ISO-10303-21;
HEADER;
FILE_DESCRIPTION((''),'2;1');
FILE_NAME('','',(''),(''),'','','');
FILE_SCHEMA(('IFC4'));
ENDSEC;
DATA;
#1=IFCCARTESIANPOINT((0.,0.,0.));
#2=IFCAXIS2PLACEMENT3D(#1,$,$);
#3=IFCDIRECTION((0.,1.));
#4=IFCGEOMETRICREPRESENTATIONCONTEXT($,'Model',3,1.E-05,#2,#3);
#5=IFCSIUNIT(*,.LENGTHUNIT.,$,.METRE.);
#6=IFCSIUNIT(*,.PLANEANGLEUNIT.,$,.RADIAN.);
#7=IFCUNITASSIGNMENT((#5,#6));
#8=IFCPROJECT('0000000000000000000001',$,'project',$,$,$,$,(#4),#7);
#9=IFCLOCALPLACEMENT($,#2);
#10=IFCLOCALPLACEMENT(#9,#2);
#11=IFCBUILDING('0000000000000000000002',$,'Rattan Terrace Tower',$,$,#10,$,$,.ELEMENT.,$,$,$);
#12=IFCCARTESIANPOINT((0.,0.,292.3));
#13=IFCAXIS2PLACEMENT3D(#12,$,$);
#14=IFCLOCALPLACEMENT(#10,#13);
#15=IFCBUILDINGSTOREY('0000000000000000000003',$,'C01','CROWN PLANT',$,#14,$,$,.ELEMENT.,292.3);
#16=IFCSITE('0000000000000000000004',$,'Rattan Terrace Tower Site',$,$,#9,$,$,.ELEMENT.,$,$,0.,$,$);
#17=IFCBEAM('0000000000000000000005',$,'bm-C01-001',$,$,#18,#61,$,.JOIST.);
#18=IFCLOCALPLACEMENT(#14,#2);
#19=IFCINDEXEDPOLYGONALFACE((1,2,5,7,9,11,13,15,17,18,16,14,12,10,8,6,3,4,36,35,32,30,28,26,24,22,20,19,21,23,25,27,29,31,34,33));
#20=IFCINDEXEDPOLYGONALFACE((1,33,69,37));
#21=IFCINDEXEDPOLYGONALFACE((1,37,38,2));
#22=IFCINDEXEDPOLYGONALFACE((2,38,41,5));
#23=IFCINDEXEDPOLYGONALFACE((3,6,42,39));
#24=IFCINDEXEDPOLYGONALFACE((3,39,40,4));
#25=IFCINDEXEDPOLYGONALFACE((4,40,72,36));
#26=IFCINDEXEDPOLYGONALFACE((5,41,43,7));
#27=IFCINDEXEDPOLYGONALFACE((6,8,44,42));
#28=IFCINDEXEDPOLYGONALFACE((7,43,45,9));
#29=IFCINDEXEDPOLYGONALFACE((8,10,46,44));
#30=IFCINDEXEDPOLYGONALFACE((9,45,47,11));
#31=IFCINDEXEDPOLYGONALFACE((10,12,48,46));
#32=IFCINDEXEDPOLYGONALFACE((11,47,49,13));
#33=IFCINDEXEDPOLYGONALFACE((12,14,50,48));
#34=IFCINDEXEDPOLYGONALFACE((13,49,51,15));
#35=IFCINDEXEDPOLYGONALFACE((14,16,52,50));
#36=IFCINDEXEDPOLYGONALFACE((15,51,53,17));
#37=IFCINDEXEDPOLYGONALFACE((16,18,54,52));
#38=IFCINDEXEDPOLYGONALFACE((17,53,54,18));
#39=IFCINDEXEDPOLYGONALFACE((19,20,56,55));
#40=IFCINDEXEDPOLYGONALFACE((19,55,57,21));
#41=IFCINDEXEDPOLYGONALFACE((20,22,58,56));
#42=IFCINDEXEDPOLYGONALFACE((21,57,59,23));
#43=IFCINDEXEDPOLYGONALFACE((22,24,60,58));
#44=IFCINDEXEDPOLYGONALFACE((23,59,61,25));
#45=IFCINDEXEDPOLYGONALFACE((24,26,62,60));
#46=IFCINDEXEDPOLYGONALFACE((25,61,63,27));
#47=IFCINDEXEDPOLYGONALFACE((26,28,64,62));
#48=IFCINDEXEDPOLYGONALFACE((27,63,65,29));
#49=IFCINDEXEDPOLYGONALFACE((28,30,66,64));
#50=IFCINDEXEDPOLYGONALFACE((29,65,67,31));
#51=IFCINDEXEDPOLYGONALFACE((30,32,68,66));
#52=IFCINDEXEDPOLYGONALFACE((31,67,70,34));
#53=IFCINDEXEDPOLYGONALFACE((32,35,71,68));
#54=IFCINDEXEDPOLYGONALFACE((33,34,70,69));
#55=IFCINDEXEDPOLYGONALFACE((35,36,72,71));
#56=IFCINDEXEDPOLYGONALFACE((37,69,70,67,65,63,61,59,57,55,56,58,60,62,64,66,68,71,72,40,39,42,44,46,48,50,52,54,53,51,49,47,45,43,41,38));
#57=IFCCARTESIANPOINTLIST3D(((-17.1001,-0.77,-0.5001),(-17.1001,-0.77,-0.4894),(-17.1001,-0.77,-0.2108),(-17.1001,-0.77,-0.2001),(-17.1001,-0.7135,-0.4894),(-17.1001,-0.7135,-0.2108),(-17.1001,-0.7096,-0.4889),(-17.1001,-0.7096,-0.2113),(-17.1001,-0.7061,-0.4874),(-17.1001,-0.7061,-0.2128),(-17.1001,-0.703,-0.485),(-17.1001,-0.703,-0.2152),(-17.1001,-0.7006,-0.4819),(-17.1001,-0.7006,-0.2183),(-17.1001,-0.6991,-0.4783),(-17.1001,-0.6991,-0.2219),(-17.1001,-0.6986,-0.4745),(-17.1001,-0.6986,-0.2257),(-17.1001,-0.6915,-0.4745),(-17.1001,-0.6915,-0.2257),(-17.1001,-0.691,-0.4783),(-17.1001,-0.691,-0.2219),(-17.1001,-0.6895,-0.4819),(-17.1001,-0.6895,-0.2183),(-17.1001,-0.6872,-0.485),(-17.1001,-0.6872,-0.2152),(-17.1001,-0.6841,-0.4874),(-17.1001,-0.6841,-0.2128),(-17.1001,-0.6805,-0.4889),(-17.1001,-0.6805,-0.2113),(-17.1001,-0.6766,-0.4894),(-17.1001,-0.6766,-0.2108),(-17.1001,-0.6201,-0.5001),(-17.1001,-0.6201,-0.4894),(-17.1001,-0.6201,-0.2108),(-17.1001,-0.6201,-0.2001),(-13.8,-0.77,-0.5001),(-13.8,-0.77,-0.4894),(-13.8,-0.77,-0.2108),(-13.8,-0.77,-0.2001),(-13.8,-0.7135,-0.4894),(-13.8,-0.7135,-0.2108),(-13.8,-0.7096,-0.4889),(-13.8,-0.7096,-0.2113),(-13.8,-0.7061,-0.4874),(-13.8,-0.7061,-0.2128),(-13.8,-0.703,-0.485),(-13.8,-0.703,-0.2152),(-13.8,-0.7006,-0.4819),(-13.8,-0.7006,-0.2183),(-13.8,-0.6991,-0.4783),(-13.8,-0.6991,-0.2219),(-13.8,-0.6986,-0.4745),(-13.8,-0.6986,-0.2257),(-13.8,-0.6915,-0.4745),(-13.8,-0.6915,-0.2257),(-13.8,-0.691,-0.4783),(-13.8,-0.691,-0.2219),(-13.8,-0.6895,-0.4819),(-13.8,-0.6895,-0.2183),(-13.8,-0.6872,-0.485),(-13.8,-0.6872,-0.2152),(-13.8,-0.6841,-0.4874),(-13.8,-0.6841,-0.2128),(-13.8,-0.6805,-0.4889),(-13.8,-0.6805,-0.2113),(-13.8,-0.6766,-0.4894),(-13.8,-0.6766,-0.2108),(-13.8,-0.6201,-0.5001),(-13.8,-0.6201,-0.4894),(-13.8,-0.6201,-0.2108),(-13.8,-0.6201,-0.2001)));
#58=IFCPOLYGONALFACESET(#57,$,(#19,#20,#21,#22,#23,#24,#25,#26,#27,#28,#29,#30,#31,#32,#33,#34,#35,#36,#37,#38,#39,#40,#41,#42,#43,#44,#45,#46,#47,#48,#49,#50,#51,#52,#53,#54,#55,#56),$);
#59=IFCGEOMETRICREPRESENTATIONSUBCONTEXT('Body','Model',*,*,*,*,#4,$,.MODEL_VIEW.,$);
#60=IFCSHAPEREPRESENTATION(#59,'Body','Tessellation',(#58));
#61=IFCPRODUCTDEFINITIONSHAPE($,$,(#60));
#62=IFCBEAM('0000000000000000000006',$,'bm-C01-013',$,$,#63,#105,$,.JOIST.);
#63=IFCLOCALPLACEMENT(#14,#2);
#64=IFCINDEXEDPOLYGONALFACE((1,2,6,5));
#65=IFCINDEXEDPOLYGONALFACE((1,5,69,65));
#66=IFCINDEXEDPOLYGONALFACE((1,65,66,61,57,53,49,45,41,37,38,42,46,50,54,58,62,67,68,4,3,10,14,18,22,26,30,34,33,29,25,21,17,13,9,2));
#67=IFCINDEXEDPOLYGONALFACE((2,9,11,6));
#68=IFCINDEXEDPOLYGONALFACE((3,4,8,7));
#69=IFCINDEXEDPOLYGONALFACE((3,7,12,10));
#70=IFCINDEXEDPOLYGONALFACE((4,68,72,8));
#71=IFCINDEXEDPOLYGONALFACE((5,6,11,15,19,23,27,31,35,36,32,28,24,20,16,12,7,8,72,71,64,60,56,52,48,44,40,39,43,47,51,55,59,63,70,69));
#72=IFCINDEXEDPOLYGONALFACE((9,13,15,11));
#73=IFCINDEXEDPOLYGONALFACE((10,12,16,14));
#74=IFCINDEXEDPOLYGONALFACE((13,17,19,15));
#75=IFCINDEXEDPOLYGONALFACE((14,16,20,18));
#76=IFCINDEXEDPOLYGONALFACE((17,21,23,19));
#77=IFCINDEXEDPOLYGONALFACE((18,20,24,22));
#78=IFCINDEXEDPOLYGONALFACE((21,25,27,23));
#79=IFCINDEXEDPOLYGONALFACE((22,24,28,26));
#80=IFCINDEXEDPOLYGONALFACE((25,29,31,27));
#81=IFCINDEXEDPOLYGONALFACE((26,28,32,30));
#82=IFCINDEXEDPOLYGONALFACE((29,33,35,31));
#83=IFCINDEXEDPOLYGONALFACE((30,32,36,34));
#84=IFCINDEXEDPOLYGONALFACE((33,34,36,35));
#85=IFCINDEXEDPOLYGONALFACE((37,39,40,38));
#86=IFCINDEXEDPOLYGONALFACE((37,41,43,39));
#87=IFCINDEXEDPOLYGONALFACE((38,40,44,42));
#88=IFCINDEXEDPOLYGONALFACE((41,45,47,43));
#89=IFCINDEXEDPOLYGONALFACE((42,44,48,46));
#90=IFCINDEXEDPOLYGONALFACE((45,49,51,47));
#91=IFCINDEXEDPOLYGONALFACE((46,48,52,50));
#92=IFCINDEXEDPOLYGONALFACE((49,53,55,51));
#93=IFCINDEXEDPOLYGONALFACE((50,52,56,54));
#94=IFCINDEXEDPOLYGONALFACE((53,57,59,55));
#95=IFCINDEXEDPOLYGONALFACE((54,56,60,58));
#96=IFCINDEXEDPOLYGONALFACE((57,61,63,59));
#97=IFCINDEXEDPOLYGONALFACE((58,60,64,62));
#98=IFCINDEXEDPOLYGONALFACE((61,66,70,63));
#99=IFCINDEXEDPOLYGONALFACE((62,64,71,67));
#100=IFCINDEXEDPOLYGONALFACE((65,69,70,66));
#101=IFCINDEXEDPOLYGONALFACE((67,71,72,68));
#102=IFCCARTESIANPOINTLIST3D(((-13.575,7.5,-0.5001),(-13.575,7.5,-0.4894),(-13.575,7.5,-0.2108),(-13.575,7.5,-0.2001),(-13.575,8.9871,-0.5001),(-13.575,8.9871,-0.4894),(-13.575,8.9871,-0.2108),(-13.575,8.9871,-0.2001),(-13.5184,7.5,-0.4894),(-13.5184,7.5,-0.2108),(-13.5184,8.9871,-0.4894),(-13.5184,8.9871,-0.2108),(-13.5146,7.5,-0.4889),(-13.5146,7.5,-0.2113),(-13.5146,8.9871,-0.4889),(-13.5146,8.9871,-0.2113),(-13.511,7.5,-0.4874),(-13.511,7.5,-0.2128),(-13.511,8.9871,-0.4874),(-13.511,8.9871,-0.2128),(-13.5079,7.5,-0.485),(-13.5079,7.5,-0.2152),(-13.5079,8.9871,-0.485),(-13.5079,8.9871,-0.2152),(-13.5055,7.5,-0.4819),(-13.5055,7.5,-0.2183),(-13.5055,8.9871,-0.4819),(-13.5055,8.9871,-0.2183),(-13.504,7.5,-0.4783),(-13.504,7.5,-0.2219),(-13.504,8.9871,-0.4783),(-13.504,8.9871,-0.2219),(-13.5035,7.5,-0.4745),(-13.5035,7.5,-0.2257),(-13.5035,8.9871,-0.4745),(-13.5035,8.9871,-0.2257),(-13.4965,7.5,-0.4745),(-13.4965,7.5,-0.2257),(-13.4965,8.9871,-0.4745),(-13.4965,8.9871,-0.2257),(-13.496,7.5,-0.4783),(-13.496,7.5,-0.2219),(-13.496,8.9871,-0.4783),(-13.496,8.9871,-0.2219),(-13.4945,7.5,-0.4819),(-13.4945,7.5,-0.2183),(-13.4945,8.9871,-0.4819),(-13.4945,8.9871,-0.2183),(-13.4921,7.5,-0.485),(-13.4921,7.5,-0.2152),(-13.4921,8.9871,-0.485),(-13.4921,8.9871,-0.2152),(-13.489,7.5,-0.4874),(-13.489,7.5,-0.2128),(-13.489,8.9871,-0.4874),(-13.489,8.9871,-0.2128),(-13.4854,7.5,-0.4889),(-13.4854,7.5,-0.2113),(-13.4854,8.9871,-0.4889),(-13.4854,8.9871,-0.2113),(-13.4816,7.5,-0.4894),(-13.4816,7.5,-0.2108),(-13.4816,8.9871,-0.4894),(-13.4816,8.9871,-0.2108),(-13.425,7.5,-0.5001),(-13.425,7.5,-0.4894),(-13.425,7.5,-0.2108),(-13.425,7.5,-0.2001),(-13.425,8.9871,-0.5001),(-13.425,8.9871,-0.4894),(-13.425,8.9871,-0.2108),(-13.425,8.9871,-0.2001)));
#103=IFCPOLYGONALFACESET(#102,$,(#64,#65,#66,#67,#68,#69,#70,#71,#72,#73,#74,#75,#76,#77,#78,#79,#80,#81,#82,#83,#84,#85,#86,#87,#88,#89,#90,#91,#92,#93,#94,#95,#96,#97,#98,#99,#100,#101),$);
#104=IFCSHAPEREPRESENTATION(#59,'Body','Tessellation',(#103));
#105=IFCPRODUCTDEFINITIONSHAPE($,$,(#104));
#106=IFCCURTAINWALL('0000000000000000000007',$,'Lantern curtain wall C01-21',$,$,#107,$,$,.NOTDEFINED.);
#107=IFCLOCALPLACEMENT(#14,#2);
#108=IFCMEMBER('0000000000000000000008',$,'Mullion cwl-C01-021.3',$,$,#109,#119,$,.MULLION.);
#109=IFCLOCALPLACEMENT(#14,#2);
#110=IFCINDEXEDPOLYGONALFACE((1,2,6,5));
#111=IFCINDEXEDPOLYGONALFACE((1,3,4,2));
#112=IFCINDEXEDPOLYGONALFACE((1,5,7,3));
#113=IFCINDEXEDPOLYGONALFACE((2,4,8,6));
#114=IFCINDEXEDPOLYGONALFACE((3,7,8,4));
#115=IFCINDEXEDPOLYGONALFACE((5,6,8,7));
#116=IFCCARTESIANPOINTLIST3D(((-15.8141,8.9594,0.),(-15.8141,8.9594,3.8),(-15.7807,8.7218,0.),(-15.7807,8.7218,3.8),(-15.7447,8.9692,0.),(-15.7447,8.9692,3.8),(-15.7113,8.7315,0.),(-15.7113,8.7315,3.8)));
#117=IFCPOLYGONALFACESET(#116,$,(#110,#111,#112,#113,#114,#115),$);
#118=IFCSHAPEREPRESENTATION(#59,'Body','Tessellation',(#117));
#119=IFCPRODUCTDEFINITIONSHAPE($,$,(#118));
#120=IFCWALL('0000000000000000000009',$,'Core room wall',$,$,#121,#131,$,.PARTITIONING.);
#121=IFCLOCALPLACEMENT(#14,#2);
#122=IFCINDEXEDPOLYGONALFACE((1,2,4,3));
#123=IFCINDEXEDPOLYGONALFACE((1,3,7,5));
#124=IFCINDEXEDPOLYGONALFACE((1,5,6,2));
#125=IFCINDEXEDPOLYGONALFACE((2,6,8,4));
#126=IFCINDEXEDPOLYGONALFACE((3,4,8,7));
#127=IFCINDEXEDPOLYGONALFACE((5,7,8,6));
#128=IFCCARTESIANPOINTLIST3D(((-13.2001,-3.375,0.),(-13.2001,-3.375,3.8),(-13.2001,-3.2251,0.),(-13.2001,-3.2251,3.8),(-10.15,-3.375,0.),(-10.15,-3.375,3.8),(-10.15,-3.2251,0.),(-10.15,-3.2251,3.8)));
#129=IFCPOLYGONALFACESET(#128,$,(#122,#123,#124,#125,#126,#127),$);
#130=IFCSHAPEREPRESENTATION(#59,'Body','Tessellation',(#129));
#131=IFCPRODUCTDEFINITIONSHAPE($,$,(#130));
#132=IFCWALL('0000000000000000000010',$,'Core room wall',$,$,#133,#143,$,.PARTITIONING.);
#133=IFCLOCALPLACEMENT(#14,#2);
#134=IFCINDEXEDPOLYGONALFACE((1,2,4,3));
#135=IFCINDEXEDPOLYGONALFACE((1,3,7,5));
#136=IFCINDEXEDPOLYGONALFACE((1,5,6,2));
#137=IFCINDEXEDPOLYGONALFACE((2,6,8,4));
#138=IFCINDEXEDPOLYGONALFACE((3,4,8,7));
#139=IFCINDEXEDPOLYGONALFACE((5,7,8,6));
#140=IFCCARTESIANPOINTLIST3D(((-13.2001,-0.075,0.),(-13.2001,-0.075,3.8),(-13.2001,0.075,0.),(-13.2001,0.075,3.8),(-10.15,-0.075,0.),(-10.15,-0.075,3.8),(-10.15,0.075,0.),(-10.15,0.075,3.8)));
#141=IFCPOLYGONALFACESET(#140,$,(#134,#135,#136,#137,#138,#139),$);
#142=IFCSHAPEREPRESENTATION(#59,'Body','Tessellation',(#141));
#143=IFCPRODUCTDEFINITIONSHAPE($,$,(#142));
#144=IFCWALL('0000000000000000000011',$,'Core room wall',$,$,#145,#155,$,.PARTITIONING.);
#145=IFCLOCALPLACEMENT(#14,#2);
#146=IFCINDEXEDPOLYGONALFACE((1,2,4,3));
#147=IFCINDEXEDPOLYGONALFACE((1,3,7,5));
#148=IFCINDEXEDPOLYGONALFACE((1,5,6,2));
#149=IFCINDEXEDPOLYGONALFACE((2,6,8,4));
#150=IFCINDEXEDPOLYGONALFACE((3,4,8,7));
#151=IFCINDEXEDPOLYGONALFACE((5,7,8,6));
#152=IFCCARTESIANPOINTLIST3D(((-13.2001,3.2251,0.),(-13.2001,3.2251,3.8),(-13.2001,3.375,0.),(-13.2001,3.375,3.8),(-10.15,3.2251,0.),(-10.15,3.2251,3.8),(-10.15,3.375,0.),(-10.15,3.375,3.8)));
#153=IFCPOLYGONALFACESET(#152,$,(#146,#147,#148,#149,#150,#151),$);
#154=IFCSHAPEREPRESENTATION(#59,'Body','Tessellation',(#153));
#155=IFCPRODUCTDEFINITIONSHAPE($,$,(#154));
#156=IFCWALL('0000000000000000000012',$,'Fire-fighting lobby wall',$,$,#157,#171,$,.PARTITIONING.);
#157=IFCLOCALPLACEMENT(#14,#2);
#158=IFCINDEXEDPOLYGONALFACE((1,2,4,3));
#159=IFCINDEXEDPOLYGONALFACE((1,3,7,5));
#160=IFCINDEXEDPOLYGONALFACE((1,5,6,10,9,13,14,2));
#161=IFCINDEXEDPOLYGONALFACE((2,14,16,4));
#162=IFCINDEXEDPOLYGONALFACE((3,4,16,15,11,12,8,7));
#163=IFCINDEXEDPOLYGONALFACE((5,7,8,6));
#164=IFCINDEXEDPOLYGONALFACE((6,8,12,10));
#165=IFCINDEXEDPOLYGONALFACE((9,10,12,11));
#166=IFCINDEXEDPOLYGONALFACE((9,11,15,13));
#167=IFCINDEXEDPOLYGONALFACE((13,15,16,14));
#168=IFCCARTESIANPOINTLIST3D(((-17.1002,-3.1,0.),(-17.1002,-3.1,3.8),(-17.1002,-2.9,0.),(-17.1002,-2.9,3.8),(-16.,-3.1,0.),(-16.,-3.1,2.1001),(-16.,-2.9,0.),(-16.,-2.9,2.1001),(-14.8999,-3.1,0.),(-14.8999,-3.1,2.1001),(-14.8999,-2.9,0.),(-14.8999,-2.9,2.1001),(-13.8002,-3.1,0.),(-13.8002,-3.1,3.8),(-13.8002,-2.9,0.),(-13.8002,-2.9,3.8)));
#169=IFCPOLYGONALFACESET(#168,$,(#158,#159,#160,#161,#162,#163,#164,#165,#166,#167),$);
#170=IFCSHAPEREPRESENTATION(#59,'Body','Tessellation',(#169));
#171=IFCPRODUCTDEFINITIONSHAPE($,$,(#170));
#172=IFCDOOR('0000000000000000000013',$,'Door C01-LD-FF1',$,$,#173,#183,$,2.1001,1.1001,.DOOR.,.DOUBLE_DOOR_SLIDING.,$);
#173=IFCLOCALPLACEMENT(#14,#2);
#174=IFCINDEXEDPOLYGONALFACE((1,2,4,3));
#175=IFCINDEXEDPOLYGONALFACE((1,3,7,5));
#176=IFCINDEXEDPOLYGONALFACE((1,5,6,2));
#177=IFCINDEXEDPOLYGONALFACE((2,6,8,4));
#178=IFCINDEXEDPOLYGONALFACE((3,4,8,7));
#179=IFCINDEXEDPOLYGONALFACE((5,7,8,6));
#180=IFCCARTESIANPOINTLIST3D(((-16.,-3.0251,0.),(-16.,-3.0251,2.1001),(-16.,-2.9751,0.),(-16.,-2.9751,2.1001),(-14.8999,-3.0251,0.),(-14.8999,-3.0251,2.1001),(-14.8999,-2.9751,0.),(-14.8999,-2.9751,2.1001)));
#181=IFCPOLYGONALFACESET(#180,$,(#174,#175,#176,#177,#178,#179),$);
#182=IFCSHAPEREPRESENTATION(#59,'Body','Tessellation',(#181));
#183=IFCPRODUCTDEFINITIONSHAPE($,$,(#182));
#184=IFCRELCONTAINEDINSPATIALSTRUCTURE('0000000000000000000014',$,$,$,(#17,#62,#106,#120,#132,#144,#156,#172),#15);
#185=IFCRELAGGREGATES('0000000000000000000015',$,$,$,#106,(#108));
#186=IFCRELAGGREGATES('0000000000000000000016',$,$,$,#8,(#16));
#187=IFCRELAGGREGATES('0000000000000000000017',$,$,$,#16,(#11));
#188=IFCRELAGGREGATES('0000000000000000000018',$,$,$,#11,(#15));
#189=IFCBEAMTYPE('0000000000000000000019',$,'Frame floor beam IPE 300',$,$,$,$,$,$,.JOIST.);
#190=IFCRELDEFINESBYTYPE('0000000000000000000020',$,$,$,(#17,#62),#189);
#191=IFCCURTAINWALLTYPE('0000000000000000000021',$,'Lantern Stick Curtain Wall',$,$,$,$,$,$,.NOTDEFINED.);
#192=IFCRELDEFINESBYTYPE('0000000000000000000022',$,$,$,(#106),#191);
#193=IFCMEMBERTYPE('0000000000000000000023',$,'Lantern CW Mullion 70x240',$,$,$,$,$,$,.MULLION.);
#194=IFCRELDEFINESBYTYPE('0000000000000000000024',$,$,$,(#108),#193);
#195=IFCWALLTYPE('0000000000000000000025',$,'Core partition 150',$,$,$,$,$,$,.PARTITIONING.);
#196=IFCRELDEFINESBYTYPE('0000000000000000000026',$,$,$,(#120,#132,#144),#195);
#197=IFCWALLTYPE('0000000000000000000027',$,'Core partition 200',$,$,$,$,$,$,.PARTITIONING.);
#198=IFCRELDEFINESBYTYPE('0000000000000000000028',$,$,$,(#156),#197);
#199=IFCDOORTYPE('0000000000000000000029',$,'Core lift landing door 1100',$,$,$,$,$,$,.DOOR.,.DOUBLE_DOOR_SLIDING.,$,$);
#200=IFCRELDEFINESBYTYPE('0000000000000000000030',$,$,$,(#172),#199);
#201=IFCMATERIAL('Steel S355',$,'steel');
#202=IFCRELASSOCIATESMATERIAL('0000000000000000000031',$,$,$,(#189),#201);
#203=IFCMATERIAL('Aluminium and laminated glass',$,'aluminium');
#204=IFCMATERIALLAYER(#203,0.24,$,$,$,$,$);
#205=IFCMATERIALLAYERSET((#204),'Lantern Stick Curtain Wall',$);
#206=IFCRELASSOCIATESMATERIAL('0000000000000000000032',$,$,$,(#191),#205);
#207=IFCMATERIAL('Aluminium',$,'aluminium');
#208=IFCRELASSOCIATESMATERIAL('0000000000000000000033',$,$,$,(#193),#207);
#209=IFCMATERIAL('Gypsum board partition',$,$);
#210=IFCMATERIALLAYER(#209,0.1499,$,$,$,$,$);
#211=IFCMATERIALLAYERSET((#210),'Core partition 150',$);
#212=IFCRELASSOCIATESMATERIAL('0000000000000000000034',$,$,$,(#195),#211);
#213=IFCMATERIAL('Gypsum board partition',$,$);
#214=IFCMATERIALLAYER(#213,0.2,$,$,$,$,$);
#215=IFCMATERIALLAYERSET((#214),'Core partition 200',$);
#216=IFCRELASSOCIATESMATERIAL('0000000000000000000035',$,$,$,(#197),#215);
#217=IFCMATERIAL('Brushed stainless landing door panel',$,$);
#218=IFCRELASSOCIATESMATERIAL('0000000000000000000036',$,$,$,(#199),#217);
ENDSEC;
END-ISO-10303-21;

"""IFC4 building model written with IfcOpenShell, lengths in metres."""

from ifc_helpers import new_model, si_unit, direction, frame, frame_2d, origin, origin_2d, place, context, subcontext, project, spatial, rectangle, i_section, extrude, material, layer, layer_set, material_profile, profile_set, type_object, element, fill, aggregate, save


model = new_model("IFC4")

# Units and contexts
model_context = context("Model", 3, precision=1e-05, world=origin(), true_north=direction((0.0, 1.0)))
body_context = subcontext(model_context, "Body", "Model", "MODEL_VIEW")
ifc_project = project(units=[si_unit("LENGTHUNIT", "METRE"), si_unit("PLANEANGLEUNIT", "RADIAN")], contexts=[model_context])

# Site, building, storey
site_placement = place(None, origin())
site = spatial("IfcSite", under=ifc_project, at=site_placement, Name="Rattan Terrace Tower Site", CompositionType="ELEMENT", RefElevation=0.0)
building_placement = place(site_placement, origin())
building = spatial("IfcBuilding", under=site, at=building_placement, Name="Rattan Terrace Tower", CompositionType="ELEMENT")
storey_placement = place(building_placement, frame((0.0, 0.0, 292.3)))
storey = spatial("IfcBuildingStorey", under=building, at=storey_placement, Name="C01", Description="CROWN PLANT", CompositionType="ELEMENT", Elevation=292.3)

# Beams
ifc_material_1 = material(Name="Steel S355", Category="steel")
ifc_material_profile_1 = material_profile(ifc_material_1, i_section(OverallWidth=0.1499, OverallDepth=0.3, WebThickness=0.0071, FlangeThickness=0.0107, FilletRadius=0.0149, at=origin_2d()), Name="IPE 300")
ifc_profile_set_1 = profile_set([ifc_material_profile_1], Name="Steel S355")
beam_type = type_object("IfcBeamType", Name="Frame floor beam IPE 300", PredefinedType="JOIST", material=ifc_profile_set_1)
beam_1_placement = place(storey_placement, frame((-17.1001, -0.6951, -0.3501), z_axis=(1.0, 0.0, 0.0), x_axis=(0.0, 1.0, 0.0)))
element("IfcBeam", 1, at=beam_1_placement, inside=storey, type_object=beam_type, Name="bm-C01-001", PredefinedType="JOIST", context=body_context, shape_type="SweptSolid", body=[
    extrude(i_section(OverallWidth=0.1499, OverallDepth=0.3, WebThickness=0.0071, FlangeThickness=0.0107, FilletRadius=0.0149, at=origin_2d()), origin(), (0.0, 0.0, 1.0), 3.3),
])
beam_2_placement = place(storey_placement, frame((-13.5, 7.5, -0.3501), z_axis=(0.0, 1.0, 0.0), x_axis=(-1.0, 0.0, 0.0)))
element("IfcBeam", 2, at=beam_2_placement, inside=storey, type_object=beam_type, Name="bm-C01-013", PredefinedType="JOIST", context=body_context, shape_type="SweptSolid", body=[
    extrude(i_section(OverallWidth=0.1499, OverallDepth=0.3, WebThickness=0.0071, FlangeThickness=0.0107, FilletRadius=0.0149, at=origin_2d()), origin(), (0.0, 0.0, 1.0), 1.4871),
])

# Curtain wall, member
ifc_material_2 = material(Name="Aluminium and laminated glass", Category="aluminium")
ifc_layer_1 = layer(ifc_material_2, 0.24)
ifc_layer_set_1 = layer_set([ifc_layer_1], Name="Lantern Stick Curtain Wall")
curtain_wall_type = type_object("IfcCurtainWallType", Name="Lantern Stick Curtain Wall", PredefinedType="NOTDEFINED", material=ifc_layer_set_1)
curtain_wall_placement = place(storey_placement, origin())
curtain_wall = element("IfcCurtainWall", 3, at=curtain_wall_placement, inside=storey, type_object=curtain_wall_type, Name="Lantern curtain wall C01-21", PredefinedType="NOTDEFINED")
ifc_material_3 = material(Name="Aluminium", Category="aluminium")
ifc_material_profile_2 = material_profile(ifc_material_3, rectangle(XDim=0.0701, YDim=0.24, at=origin_2d()), Name="Aluminium 70x240")
ifc_profile_set_2 = profile_set([ifc_material_profile_2], Name="Aluminium")
member_type = type_object("IfcMemberType", Name="Lantern CW Mullion 70x240", PredefinedType="MULLION", material=ifc_profile_set_2)
member_placement = place(storey_placement, frame((-15.7627, 8.8455, 0.0), z_axis=(0.0, 0.0, 1.0), x_axis=(-0.990267, -0.139181, 0.0)))
member = element("IfcMember", 4, at=member_placement, type_object=member_type, Name="Mullion cwl-C01-021.3", PredefinedType="MULLION", context=body_context, shape_type="SweptSolid", body=[
    extrude(rectangle(XDim=0.0701, YDim=0.24, at=origin_2d()), origin(), (0.0, 0.0, 1.0), 3.8),
])
aggregate(curtain_wall, [member])

# Walls
ifc_material_4 = material(Name="Gypsum board partition")
ifc_layer_2 = layer(ifc_material_4, 0.1499)
ifc_layer_set_2 = layer_set([ifc_layer_2], Name="Core partition 150")
wall_type_1 = type_object("IfcWallType", Name="Core partition 150", PredefinedType="PARTITIONING", material=ifc_layer_set_2)
for number, where, z_axis, x_axis, name in (
    (5, (-13.2, -3.3, 0.0), (0.0, 0.0, 1.0), (1.0, 0.0, 0.0), "Core room wall"),
    (6, (-13.2, 0.0, 0.0), (0.0, 0.0, 1.0), (1.0, 0.0, 0.0), "Core room wall"),
    (7, (-13.2, 3.3, 0.0), (0.0, 0.0, 1.0), (1.0, 0.0, 0.0), "Core room wall"),
):
    element("IfcWall", number, at=place(storey_placement, frame(where, z_axis=z_axis, x_axis=x_axis)), inside=storey, type_object=wall_type_1, Name=name, PredefinedType="PARTITIONING", context=body_context, shape_type="SweptSolid", body=[
        extrude(rectangle(XDim=3.05, YDim=0.1499, at=frame_2d((1.5249, 0.0))), origin(), (0.0, 0.0, 1.0), 3.8),
    ])

# Wall, opening, door
ifc_material_5 = material(Name="Gypsum board partition")
ifc_layer_3 = layer(ifc_material_5, 0.2)
ifc_layer_set_3 = layer_set([ifc_layer_3], Name="Core partition 200")
wall_type_2 = type_object("IfcWallType", Name="Core partition 200", PredefinedType="PARTITIONING", material=ifc_layer_set_3)
wall_1_placement = place(storey_placement, frame((-17.1001, -3.0, 0.0), z_axis=(0.0, 0.0, 1.0), x_axis=(1.0, 0.0, 0.0)))
wall_1 = element("IfcWall", 8, at=wall_1_placement, inside=storey, type_object=wall_type_2, Name="Fire-fighting lobby wall", PredefinedType="PARTITIONING", context=body_context, shape_type="SweptSolid", body=[
    extrude(rectangle(XDim=3.3, YDim=0.2, at=frame_2d((1.6499, 0.0))), origin(), (0.0, 0.0, 1.0), 3.8),
])
opening_1_placement = place(wall_1_placement, frame((1.1001, 0.0, 0.0)))
opening_1 = element("IfcOpeningElement", 9, at=opening_1_placement, cuts=wall_1, PredefinedType="OPENING", context=body_context, shape_type="SweptSolid", body=[
    extrude(rectangle(XDim=1.1001, YDim=2.1001, at=frame_2d((0.55, 1.05))), frame((0.0, 0.1106, 0.0), z_axis=(0.0, -1.0, 0.0), x_axis=(1.0, 0.0, 0.0)), (0.0, 0.0, 1.0), 0.2209),
])
ifc_material_6 = material(Name="Brushed stainless landing door panel")
door_type_1 = type_object("IfcDoorType", Name="Core lift landing door 1100", OperationType="DOUBLE_DOOR_SLIDING", PredefinedType="DOOR", material=ifc_material_6)
door_1_placement = place(opening_1_placement, origin())
door_1 = element("IfcDoor", 10, at=door_1_placement, inside=storey, type_object=door_type_1, Name="Door C01-LD-FF1", OperationType="DOUBLE_DOOR_SLIDING", OverallHeight=2.1001, OverallWidth=1.1001, PredefinedType="DOOR", context=body_context, shape_type="SweptSolid", body=[
    extrude(rectangle(XDim=1.1001, YDim=2.1001, at=frame_2d((0.55, 1.05))), frame((0.0, 0.0249, 0.0), z_axis=(0.0, -1.0, 0.0), x_axis=(1.0, 0.0, 0.0)), (0.0, 0.0, 1.0), 0.05),
])
fill(opening_1, door_1)

save(model, "model.ifc")
